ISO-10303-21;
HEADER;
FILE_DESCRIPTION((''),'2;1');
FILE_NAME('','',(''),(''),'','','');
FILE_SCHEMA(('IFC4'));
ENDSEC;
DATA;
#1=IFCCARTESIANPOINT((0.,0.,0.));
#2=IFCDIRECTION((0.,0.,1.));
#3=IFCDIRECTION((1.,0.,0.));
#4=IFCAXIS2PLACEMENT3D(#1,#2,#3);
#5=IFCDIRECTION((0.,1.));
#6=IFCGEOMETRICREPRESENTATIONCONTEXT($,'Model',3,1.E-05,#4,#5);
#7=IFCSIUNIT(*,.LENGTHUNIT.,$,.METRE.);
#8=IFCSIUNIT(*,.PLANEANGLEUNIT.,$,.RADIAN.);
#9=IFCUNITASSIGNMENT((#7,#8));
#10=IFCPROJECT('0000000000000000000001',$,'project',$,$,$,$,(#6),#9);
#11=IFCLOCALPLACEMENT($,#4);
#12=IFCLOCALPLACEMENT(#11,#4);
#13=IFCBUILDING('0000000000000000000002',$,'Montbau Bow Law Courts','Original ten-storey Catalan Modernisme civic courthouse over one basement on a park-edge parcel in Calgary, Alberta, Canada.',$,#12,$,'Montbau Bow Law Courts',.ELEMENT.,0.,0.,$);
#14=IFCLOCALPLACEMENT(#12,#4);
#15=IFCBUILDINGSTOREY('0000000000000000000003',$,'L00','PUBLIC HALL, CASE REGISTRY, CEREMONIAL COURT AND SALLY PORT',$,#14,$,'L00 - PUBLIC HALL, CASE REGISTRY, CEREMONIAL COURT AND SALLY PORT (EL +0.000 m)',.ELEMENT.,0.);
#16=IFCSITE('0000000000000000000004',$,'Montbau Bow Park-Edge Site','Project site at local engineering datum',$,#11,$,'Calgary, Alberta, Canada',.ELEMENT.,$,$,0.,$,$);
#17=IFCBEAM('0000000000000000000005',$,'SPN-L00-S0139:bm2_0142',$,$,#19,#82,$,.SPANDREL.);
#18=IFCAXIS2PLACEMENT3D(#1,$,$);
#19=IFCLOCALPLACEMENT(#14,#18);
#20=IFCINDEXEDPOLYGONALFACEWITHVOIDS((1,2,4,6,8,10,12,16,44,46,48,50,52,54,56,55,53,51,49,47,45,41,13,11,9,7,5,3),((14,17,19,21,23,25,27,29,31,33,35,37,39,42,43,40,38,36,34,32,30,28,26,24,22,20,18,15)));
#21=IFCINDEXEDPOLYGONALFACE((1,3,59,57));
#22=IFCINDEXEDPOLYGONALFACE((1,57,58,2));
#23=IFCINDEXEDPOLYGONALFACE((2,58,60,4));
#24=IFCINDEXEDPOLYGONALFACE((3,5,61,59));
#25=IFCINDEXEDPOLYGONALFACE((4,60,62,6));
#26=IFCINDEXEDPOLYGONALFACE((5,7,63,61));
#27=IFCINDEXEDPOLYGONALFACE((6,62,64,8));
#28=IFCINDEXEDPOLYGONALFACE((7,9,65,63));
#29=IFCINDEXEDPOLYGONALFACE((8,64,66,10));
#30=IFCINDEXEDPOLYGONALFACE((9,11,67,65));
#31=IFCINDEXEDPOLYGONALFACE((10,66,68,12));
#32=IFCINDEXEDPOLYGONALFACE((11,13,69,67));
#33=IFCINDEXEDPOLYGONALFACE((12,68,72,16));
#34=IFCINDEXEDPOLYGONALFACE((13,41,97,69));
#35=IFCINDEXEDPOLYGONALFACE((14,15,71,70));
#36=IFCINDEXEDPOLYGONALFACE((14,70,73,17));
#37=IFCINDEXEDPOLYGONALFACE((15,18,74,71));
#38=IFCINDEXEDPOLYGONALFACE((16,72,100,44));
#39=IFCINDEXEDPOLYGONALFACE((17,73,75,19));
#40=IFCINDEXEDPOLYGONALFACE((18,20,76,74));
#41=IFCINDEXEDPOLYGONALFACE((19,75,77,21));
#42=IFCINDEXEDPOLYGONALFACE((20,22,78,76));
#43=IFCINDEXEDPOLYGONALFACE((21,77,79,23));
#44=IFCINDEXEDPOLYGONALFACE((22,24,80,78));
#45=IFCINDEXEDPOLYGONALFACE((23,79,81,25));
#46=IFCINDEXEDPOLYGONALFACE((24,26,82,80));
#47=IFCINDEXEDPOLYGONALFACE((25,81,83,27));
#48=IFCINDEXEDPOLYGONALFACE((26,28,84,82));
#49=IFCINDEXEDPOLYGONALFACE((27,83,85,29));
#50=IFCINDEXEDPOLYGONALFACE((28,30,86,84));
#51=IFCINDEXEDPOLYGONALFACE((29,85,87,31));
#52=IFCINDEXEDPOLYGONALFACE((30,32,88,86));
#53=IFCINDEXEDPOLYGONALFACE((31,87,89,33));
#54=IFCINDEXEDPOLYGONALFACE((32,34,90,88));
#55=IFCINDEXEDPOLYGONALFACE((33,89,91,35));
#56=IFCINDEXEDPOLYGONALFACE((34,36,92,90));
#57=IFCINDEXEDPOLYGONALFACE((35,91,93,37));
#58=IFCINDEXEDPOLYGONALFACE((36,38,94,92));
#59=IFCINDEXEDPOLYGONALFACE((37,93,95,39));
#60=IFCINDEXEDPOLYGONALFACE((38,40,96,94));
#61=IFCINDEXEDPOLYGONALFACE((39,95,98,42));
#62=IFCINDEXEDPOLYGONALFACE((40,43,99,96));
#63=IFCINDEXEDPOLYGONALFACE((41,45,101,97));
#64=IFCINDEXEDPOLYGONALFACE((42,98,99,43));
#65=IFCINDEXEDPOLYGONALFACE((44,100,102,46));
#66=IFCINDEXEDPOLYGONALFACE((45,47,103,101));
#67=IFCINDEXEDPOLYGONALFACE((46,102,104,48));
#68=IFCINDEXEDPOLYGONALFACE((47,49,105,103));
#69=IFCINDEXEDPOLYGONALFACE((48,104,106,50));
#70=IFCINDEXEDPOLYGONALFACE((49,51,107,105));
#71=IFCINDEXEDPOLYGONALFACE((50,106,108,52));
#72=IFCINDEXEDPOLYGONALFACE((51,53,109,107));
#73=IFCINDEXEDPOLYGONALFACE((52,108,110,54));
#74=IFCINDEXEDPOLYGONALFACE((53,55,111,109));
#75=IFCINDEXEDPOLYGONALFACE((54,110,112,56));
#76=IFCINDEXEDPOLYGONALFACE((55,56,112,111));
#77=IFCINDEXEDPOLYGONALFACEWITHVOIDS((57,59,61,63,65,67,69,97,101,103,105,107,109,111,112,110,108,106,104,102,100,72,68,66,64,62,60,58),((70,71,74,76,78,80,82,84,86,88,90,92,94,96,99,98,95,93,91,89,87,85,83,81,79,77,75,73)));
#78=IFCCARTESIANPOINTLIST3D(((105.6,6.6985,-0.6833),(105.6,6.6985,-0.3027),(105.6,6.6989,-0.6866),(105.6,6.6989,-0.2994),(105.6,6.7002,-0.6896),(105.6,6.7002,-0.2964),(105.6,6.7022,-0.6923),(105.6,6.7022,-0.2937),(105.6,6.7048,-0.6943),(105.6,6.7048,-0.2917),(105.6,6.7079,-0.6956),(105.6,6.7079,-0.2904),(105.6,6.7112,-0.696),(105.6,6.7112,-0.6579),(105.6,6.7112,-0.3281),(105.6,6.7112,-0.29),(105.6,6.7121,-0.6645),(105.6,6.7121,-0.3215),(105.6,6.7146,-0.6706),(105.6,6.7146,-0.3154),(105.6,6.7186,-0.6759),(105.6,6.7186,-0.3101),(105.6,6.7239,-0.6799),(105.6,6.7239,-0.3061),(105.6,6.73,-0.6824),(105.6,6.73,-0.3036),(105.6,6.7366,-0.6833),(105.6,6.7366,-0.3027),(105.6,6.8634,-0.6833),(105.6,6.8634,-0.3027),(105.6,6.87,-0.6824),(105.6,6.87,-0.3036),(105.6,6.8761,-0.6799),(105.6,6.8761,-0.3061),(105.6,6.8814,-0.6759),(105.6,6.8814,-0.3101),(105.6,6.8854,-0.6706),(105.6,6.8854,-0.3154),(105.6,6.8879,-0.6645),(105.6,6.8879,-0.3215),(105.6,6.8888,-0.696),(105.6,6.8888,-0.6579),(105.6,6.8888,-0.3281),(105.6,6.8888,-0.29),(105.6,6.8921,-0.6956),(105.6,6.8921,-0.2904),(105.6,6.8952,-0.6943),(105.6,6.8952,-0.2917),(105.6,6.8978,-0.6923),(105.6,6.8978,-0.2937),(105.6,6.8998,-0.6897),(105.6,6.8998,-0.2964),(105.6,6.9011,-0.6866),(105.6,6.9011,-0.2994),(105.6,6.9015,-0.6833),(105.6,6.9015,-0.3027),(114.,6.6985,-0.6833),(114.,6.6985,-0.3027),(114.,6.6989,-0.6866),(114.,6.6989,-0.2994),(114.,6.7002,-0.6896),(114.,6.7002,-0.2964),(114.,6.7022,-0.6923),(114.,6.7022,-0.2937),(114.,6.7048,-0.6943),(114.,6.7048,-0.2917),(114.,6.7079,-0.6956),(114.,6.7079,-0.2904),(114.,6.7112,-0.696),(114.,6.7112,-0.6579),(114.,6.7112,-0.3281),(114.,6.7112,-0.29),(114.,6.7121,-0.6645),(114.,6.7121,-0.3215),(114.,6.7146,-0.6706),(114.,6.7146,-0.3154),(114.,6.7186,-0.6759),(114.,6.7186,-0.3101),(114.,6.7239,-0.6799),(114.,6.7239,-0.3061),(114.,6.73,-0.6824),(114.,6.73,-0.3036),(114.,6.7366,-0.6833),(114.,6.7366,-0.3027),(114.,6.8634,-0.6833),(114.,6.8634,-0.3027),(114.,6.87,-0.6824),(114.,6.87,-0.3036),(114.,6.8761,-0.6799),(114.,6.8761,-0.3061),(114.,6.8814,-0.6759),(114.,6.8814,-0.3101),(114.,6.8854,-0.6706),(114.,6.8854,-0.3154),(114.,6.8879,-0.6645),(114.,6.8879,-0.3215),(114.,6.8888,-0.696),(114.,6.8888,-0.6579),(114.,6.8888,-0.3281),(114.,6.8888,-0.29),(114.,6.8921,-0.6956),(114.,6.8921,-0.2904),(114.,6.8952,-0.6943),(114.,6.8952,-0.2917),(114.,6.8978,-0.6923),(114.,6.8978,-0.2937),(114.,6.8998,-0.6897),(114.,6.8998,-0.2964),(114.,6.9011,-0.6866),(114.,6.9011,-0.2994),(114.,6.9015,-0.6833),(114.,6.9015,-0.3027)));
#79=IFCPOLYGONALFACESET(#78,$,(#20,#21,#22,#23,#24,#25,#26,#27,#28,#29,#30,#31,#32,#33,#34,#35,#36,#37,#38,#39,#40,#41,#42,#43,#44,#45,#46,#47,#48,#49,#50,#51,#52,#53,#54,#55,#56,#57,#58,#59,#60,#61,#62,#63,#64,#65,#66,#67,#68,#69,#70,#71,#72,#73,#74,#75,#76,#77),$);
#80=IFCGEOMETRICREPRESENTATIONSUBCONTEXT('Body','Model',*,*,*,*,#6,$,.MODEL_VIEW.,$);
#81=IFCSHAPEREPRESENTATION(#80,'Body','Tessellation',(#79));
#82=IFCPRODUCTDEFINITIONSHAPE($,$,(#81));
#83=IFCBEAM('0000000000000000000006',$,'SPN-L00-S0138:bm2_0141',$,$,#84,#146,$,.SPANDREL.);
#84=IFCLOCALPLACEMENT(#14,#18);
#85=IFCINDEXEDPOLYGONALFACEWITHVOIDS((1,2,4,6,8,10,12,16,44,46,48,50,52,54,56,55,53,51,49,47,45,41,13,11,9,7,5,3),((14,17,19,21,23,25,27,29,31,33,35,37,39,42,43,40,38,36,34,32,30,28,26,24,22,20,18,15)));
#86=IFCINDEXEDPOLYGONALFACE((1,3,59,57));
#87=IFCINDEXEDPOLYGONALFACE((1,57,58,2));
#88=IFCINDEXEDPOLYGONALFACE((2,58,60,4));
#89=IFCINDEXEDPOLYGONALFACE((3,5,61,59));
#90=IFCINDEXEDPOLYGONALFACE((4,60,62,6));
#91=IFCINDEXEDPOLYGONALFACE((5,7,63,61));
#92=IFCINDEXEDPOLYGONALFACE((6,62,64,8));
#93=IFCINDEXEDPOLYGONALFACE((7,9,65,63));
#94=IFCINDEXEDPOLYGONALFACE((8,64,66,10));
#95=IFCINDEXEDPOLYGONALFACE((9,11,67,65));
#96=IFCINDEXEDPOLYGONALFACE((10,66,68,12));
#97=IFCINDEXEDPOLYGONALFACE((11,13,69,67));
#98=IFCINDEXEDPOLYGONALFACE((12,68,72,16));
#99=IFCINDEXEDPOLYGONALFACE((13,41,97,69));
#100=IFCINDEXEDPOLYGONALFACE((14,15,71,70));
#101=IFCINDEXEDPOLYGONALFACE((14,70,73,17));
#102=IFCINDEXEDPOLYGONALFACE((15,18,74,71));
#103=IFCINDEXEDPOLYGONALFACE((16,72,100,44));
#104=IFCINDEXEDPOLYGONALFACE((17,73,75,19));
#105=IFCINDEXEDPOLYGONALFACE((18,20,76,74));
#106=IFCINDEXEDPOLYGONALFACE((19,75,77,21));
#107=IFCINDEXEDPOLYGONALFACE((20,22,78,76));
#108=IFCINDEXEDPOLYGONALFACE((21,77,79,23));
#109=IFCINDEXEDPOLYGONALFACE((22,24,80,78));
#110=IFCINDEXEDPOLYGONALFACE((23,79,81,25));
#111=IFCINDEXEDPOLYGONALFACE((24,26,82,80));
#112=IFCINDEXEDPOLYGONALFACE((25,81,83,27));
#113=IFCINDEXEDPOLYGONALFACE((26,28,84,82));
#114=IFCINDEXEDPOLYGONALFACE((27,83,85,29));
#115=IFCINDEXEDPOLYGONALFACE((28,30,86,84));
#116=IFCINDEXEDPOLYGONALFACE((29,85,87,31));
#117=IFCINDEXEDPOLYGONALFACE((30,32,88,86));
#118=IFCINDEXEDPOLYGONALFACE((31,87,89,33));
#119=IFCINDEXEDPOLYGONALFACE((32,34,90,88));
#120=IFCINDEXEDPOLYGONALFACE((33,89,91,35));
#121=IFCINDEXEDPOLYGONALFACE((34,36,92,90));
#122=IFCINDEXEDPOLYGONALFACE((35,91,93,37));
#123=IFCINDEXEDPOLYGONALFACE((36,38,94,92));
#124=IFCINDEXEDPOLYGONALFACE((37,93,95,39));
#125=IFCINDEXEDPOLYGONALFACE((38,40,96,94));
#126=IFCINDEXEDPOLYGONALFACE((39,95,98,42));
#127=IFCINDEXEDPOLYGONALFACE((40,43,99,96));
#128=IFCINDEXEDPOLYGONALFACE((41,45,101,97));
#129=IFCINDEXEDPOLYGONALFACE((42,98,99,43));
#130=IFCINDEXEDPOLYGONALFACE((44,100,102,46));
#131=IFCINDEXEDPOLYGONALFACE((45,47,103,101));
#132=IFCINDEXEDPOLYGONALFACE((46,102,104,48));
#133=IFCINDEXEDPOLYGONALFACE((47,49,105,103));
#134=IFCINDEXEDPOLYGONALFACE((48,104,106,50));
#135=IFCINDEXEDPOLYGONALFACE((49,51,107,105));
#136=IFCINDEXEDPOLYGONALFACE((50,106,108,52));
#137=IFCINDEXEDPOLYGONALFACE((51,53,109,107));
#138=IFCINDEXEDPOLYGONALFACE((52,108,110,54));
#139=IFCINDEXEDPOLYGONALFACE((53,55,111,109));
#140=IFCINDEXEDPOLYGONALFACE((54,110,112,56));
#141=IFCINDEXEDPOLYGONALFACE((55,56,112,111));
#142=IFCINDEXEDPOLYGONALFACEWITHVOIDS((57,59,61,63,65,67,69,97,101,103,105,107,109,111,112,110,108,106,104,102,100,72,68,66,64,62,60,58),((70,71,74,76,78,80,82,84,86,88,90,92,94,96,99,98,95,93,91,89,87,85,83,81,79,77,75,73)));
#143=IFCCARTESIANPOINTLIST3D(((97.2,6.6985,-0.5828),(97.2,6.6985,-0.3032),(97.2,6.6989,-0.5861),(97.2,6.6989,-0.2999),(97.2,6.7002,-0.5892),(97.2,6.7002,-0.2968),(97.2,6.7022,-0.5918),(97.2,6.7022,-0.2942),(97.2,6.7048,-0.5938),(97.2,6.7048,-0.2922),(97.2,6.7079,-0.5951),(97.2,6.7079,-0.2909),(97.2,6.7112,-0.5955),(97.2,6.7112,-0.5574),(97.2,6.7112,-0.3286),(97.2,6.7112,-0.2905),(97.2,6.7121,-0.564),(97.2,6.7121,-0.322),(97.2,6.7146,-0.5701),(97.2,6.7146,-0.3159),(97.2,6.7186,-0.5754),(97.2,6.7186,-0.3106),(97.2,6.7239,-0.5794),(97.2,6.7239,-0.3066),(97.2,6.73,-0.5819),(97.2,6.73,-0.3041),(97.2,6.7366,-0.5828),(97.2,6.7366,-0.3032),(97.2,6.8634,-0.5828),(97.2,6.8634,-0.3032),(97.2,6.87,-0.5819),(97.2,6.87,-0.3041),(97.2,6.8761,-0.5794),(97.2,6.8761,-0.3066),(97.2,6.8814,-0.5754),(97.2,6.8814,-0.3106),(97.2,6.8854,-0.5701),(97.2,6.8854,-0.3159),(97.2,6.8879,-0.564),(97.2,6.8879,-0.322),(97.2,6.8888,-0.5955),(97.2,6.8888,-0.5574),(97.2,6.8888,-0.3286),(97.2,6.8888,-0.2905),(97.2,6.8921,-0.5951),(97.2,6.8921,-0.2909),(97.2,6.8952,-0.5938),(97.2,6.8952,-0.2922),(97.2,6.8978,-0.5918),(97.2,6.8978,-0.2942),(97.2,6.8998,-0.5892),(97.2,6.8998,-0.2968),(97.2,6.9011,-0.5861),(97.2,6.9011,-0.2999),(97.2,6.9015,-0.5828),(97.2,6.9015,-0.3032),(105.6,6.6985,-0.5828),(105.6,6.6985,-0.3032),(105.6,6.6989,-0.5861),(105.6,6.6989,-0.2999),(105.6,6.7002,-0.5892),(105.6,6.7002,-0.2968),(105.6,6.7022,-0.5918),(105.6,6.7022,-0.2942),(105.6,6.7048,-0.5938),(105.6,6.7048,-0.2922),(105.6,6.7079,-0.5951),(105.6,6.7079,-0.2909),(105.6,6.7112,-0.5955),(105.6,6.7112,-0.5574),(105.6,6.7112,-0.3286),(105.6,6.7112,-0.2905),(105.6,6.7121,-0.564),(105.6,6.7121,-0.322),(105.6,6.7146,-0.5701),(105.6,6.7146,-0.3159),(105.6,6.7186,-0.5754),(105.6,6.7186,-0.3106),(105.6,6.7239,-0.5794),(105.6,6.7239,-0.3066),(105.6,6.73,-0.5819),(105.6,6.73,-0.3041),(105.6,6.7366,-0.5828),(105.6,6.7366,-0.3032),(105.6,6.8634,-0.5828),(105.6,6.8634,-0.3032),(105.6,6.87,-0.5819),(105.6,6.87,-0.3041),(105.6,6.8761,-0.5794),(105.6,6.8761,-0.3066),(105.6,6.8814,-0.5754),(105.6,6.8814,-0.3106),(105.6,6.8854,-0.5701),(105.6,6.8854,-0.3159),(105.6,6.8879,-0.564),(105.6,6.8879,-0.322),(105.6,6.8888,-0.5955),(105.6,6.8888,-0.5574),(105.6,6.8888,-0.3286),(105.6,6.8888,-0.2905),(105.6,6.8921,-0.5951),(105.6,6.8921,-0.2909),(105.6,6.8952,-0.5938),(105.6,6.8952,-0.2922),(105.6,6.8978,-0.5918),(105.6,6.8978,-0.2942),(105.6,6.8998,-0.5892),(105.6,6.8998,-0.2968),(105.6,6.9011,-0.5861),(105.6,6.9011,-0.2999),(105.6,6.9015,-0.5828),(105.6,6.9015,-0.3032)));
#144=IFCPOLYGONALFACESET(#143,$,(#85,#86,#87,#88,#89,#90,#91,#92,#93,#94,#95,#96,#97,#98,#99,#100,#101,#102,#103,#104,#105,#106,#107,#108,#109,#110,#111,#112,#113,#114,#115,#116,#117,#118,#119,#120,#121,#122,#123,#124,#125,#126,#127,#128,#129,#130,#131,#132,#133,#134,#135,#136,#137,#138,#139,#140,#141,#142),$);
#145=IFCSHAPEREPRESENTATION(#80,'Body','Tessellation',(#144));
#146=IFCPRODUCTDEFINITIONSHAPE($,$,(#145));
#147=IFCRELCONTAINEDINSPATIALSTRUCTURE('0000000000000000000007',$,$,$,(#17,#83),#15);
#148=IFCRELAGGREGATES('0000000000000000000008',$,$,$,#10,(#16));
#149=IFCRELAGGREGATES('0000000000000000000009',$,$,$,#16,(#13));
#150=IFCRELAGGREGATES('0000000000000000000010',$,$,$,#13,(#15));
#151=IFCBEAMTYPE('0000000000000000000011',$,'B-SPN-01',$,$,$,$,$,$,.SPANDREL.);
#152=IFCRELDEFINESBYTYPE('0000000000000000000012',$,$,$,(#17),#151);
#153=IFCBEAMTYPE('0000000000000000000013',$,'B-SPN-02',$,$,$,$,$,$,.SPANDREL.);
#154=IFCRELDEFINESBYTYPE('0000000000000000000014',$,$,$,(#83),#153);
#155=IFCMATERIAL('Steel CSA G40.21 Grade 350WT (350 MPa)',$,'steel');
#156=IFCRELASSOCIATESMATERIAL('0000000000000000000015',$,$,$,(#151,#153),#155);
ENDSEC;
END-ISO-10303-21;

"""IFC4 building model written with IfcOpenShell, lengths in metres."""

from ifc_helpers import new_model, si_unit, direction, frame, origin_with_axes, origin_2d_with_axis, place, context, subcontext, project, spatial, hollow_rectangle, extrude, material, material_profile, profile_set, type_object, element, save


model = new_model("IFC4")

# Units and contexts
model_context = context("Model", 3, precision=1e-05, world=origin_with_axes(), true_north=direction((0.0, 1.0)))
body_context = subcontext(model_context, "Body", "Model", "MODEL_VIEW")
ifc_project = project(units=[si_unit("LENGTHUNIT", "METRE"), si_unit("PLANEANGLEUNIT", "RADIAN")], contexts=[model_context])

# Site, building, storey
site_placement = place(None, origin_with_axes())
site = spatial("IfcSite", under=ifc_project, at=site_placement, Name="Montbau Bow Park-Edge Site", Description="Project site at local engineering datum", LongName="Calgary, Alberta, Canada", CompositionType="ELEMENT", RefElevation=0.0)
building_placement = place(site_placement, origin_with_axes())
building = spatial("IfcBuilding", under=site, at=building_placement, Name="Montbau Bow Law Courts", Description="Original ten-storey Catalan Modernisme civic courthouse over one basement on a park-edge parcel in Calgary, Alberta, Canada.", LongName="Montbau Bow Law Courts", CompositionType="ELEMENT", ElevationOfRefHeight=0.0, ElevationOfTerrain=0.0)
storey_placement = place(building_placement, origin_with_axes())
storey = spatial("IfcBuildingStorey", under=building, at=storey_placement, Name="L00", Description="PUBLIC HALL, CASE REGISTRY, CEREMONIAL COURT AND SALLY PORT", LongName="L00 - PUBLIC HALL, CASE REGISTRY, CEREMONIAL COURT AND SALLY PORT (EL +0.000 m)", CompositionType="ELEMENT", Elevation=0.0)

# Beams
ifc_material_1 = material(Name="Steel CSA G40.21 Grade 350WT (350 MPa)", Category="steel")
ifc_material_profile_1 = material_profile(ifc_material_1, hollow_rectangle(XDim=0.203, YDim=0.406, WallThickness=0.0127, InnerFilletRadius=0.0254, OuterFilletRadius=0.0127, at=origin_2d_with_axis()), Name="HSS406X203X13", Category="Main", Priority=0)
ifc_profile_set_1 = profile_set([ifc_material_profile_1], Name="Steel CSA G40.21 Grade 350WT (350 MPa)")
beam_type_1 = type_object("IfcBeamType", Name="B-SPN-01", PredefinedType="SPANDREL", material=ifc_profile_set_1)
beam_1_placement = place(None, frame((105.6, 6.8, -0.493), z_axis=(1.0, 0.0, 0.0), x_axis=(0.0, 1.0, 0.0)))
element("IfcBeam", 1, at=beam_1_placement, inside=storey, type_object=beam_type_1, Name="SPN-L00-S0139:bm2_0142", PredefinedType="SPANDREL", context=body_context, shape_type="SweptSolid", body=[
    extrude(hollow_rectangle(XDim=0.203, YDim=0.406, WallThickness=0.0127, InnerFilletRadius=0.0254, OuterFilletRadius=0.0127, at=origin_2d_with_axis()), origin_with_axes(), (0.0, 0.0, 1.0), 8.4),
])
ifc_material_profile_2 = material_profile(ifc_material_1, hollow_rectangle(XDim=0.203, YDim=0.305, WallThickness=0.0127, InnerFilletRadius=0.0254, OuterFilletRadius=0.0127, at=origin_2d_with_axis()), Name="HSS305X203X13", Category="Main", Priority=0)
ifc_profile_set_2 = profile_set([ifc_material_profile_2], Name="Steel CSA G40.21 Grade 350WT (350 MPa)")
beam_type_2 = type_object("IfcBeamType", Name="B-SPN-02", PredefinedType="SPANDREL", material=ifc_profile_set_2)
beam_2_placement = place(None, frame((97.2, 6.8, -0.443), z_axis=(1.0, 0.0, 0.0), x_axis=(0.0, 1.0, 0.0)))
element("IfcBeam", 2, at=beam_2_placement, inside=storey, type_object=beam_type_2, Name="SPN-L00-S0138:bm2_0141", PredefinedType="SPANDREL", context=body_context, shape_type="SweptSolid", body=[
    extrude(hollow_rectangle(XDim=0.203, YDim=0.305, WallThickness=0.0127, InnerFilletRadius=0.0254, OuterFilletRadius=0.0127, at=origin_2d_with_axis()), origin_with_axes(), (0.0, 0.0, 1.0), 8.4),
])

save(model, "model.ifc")
